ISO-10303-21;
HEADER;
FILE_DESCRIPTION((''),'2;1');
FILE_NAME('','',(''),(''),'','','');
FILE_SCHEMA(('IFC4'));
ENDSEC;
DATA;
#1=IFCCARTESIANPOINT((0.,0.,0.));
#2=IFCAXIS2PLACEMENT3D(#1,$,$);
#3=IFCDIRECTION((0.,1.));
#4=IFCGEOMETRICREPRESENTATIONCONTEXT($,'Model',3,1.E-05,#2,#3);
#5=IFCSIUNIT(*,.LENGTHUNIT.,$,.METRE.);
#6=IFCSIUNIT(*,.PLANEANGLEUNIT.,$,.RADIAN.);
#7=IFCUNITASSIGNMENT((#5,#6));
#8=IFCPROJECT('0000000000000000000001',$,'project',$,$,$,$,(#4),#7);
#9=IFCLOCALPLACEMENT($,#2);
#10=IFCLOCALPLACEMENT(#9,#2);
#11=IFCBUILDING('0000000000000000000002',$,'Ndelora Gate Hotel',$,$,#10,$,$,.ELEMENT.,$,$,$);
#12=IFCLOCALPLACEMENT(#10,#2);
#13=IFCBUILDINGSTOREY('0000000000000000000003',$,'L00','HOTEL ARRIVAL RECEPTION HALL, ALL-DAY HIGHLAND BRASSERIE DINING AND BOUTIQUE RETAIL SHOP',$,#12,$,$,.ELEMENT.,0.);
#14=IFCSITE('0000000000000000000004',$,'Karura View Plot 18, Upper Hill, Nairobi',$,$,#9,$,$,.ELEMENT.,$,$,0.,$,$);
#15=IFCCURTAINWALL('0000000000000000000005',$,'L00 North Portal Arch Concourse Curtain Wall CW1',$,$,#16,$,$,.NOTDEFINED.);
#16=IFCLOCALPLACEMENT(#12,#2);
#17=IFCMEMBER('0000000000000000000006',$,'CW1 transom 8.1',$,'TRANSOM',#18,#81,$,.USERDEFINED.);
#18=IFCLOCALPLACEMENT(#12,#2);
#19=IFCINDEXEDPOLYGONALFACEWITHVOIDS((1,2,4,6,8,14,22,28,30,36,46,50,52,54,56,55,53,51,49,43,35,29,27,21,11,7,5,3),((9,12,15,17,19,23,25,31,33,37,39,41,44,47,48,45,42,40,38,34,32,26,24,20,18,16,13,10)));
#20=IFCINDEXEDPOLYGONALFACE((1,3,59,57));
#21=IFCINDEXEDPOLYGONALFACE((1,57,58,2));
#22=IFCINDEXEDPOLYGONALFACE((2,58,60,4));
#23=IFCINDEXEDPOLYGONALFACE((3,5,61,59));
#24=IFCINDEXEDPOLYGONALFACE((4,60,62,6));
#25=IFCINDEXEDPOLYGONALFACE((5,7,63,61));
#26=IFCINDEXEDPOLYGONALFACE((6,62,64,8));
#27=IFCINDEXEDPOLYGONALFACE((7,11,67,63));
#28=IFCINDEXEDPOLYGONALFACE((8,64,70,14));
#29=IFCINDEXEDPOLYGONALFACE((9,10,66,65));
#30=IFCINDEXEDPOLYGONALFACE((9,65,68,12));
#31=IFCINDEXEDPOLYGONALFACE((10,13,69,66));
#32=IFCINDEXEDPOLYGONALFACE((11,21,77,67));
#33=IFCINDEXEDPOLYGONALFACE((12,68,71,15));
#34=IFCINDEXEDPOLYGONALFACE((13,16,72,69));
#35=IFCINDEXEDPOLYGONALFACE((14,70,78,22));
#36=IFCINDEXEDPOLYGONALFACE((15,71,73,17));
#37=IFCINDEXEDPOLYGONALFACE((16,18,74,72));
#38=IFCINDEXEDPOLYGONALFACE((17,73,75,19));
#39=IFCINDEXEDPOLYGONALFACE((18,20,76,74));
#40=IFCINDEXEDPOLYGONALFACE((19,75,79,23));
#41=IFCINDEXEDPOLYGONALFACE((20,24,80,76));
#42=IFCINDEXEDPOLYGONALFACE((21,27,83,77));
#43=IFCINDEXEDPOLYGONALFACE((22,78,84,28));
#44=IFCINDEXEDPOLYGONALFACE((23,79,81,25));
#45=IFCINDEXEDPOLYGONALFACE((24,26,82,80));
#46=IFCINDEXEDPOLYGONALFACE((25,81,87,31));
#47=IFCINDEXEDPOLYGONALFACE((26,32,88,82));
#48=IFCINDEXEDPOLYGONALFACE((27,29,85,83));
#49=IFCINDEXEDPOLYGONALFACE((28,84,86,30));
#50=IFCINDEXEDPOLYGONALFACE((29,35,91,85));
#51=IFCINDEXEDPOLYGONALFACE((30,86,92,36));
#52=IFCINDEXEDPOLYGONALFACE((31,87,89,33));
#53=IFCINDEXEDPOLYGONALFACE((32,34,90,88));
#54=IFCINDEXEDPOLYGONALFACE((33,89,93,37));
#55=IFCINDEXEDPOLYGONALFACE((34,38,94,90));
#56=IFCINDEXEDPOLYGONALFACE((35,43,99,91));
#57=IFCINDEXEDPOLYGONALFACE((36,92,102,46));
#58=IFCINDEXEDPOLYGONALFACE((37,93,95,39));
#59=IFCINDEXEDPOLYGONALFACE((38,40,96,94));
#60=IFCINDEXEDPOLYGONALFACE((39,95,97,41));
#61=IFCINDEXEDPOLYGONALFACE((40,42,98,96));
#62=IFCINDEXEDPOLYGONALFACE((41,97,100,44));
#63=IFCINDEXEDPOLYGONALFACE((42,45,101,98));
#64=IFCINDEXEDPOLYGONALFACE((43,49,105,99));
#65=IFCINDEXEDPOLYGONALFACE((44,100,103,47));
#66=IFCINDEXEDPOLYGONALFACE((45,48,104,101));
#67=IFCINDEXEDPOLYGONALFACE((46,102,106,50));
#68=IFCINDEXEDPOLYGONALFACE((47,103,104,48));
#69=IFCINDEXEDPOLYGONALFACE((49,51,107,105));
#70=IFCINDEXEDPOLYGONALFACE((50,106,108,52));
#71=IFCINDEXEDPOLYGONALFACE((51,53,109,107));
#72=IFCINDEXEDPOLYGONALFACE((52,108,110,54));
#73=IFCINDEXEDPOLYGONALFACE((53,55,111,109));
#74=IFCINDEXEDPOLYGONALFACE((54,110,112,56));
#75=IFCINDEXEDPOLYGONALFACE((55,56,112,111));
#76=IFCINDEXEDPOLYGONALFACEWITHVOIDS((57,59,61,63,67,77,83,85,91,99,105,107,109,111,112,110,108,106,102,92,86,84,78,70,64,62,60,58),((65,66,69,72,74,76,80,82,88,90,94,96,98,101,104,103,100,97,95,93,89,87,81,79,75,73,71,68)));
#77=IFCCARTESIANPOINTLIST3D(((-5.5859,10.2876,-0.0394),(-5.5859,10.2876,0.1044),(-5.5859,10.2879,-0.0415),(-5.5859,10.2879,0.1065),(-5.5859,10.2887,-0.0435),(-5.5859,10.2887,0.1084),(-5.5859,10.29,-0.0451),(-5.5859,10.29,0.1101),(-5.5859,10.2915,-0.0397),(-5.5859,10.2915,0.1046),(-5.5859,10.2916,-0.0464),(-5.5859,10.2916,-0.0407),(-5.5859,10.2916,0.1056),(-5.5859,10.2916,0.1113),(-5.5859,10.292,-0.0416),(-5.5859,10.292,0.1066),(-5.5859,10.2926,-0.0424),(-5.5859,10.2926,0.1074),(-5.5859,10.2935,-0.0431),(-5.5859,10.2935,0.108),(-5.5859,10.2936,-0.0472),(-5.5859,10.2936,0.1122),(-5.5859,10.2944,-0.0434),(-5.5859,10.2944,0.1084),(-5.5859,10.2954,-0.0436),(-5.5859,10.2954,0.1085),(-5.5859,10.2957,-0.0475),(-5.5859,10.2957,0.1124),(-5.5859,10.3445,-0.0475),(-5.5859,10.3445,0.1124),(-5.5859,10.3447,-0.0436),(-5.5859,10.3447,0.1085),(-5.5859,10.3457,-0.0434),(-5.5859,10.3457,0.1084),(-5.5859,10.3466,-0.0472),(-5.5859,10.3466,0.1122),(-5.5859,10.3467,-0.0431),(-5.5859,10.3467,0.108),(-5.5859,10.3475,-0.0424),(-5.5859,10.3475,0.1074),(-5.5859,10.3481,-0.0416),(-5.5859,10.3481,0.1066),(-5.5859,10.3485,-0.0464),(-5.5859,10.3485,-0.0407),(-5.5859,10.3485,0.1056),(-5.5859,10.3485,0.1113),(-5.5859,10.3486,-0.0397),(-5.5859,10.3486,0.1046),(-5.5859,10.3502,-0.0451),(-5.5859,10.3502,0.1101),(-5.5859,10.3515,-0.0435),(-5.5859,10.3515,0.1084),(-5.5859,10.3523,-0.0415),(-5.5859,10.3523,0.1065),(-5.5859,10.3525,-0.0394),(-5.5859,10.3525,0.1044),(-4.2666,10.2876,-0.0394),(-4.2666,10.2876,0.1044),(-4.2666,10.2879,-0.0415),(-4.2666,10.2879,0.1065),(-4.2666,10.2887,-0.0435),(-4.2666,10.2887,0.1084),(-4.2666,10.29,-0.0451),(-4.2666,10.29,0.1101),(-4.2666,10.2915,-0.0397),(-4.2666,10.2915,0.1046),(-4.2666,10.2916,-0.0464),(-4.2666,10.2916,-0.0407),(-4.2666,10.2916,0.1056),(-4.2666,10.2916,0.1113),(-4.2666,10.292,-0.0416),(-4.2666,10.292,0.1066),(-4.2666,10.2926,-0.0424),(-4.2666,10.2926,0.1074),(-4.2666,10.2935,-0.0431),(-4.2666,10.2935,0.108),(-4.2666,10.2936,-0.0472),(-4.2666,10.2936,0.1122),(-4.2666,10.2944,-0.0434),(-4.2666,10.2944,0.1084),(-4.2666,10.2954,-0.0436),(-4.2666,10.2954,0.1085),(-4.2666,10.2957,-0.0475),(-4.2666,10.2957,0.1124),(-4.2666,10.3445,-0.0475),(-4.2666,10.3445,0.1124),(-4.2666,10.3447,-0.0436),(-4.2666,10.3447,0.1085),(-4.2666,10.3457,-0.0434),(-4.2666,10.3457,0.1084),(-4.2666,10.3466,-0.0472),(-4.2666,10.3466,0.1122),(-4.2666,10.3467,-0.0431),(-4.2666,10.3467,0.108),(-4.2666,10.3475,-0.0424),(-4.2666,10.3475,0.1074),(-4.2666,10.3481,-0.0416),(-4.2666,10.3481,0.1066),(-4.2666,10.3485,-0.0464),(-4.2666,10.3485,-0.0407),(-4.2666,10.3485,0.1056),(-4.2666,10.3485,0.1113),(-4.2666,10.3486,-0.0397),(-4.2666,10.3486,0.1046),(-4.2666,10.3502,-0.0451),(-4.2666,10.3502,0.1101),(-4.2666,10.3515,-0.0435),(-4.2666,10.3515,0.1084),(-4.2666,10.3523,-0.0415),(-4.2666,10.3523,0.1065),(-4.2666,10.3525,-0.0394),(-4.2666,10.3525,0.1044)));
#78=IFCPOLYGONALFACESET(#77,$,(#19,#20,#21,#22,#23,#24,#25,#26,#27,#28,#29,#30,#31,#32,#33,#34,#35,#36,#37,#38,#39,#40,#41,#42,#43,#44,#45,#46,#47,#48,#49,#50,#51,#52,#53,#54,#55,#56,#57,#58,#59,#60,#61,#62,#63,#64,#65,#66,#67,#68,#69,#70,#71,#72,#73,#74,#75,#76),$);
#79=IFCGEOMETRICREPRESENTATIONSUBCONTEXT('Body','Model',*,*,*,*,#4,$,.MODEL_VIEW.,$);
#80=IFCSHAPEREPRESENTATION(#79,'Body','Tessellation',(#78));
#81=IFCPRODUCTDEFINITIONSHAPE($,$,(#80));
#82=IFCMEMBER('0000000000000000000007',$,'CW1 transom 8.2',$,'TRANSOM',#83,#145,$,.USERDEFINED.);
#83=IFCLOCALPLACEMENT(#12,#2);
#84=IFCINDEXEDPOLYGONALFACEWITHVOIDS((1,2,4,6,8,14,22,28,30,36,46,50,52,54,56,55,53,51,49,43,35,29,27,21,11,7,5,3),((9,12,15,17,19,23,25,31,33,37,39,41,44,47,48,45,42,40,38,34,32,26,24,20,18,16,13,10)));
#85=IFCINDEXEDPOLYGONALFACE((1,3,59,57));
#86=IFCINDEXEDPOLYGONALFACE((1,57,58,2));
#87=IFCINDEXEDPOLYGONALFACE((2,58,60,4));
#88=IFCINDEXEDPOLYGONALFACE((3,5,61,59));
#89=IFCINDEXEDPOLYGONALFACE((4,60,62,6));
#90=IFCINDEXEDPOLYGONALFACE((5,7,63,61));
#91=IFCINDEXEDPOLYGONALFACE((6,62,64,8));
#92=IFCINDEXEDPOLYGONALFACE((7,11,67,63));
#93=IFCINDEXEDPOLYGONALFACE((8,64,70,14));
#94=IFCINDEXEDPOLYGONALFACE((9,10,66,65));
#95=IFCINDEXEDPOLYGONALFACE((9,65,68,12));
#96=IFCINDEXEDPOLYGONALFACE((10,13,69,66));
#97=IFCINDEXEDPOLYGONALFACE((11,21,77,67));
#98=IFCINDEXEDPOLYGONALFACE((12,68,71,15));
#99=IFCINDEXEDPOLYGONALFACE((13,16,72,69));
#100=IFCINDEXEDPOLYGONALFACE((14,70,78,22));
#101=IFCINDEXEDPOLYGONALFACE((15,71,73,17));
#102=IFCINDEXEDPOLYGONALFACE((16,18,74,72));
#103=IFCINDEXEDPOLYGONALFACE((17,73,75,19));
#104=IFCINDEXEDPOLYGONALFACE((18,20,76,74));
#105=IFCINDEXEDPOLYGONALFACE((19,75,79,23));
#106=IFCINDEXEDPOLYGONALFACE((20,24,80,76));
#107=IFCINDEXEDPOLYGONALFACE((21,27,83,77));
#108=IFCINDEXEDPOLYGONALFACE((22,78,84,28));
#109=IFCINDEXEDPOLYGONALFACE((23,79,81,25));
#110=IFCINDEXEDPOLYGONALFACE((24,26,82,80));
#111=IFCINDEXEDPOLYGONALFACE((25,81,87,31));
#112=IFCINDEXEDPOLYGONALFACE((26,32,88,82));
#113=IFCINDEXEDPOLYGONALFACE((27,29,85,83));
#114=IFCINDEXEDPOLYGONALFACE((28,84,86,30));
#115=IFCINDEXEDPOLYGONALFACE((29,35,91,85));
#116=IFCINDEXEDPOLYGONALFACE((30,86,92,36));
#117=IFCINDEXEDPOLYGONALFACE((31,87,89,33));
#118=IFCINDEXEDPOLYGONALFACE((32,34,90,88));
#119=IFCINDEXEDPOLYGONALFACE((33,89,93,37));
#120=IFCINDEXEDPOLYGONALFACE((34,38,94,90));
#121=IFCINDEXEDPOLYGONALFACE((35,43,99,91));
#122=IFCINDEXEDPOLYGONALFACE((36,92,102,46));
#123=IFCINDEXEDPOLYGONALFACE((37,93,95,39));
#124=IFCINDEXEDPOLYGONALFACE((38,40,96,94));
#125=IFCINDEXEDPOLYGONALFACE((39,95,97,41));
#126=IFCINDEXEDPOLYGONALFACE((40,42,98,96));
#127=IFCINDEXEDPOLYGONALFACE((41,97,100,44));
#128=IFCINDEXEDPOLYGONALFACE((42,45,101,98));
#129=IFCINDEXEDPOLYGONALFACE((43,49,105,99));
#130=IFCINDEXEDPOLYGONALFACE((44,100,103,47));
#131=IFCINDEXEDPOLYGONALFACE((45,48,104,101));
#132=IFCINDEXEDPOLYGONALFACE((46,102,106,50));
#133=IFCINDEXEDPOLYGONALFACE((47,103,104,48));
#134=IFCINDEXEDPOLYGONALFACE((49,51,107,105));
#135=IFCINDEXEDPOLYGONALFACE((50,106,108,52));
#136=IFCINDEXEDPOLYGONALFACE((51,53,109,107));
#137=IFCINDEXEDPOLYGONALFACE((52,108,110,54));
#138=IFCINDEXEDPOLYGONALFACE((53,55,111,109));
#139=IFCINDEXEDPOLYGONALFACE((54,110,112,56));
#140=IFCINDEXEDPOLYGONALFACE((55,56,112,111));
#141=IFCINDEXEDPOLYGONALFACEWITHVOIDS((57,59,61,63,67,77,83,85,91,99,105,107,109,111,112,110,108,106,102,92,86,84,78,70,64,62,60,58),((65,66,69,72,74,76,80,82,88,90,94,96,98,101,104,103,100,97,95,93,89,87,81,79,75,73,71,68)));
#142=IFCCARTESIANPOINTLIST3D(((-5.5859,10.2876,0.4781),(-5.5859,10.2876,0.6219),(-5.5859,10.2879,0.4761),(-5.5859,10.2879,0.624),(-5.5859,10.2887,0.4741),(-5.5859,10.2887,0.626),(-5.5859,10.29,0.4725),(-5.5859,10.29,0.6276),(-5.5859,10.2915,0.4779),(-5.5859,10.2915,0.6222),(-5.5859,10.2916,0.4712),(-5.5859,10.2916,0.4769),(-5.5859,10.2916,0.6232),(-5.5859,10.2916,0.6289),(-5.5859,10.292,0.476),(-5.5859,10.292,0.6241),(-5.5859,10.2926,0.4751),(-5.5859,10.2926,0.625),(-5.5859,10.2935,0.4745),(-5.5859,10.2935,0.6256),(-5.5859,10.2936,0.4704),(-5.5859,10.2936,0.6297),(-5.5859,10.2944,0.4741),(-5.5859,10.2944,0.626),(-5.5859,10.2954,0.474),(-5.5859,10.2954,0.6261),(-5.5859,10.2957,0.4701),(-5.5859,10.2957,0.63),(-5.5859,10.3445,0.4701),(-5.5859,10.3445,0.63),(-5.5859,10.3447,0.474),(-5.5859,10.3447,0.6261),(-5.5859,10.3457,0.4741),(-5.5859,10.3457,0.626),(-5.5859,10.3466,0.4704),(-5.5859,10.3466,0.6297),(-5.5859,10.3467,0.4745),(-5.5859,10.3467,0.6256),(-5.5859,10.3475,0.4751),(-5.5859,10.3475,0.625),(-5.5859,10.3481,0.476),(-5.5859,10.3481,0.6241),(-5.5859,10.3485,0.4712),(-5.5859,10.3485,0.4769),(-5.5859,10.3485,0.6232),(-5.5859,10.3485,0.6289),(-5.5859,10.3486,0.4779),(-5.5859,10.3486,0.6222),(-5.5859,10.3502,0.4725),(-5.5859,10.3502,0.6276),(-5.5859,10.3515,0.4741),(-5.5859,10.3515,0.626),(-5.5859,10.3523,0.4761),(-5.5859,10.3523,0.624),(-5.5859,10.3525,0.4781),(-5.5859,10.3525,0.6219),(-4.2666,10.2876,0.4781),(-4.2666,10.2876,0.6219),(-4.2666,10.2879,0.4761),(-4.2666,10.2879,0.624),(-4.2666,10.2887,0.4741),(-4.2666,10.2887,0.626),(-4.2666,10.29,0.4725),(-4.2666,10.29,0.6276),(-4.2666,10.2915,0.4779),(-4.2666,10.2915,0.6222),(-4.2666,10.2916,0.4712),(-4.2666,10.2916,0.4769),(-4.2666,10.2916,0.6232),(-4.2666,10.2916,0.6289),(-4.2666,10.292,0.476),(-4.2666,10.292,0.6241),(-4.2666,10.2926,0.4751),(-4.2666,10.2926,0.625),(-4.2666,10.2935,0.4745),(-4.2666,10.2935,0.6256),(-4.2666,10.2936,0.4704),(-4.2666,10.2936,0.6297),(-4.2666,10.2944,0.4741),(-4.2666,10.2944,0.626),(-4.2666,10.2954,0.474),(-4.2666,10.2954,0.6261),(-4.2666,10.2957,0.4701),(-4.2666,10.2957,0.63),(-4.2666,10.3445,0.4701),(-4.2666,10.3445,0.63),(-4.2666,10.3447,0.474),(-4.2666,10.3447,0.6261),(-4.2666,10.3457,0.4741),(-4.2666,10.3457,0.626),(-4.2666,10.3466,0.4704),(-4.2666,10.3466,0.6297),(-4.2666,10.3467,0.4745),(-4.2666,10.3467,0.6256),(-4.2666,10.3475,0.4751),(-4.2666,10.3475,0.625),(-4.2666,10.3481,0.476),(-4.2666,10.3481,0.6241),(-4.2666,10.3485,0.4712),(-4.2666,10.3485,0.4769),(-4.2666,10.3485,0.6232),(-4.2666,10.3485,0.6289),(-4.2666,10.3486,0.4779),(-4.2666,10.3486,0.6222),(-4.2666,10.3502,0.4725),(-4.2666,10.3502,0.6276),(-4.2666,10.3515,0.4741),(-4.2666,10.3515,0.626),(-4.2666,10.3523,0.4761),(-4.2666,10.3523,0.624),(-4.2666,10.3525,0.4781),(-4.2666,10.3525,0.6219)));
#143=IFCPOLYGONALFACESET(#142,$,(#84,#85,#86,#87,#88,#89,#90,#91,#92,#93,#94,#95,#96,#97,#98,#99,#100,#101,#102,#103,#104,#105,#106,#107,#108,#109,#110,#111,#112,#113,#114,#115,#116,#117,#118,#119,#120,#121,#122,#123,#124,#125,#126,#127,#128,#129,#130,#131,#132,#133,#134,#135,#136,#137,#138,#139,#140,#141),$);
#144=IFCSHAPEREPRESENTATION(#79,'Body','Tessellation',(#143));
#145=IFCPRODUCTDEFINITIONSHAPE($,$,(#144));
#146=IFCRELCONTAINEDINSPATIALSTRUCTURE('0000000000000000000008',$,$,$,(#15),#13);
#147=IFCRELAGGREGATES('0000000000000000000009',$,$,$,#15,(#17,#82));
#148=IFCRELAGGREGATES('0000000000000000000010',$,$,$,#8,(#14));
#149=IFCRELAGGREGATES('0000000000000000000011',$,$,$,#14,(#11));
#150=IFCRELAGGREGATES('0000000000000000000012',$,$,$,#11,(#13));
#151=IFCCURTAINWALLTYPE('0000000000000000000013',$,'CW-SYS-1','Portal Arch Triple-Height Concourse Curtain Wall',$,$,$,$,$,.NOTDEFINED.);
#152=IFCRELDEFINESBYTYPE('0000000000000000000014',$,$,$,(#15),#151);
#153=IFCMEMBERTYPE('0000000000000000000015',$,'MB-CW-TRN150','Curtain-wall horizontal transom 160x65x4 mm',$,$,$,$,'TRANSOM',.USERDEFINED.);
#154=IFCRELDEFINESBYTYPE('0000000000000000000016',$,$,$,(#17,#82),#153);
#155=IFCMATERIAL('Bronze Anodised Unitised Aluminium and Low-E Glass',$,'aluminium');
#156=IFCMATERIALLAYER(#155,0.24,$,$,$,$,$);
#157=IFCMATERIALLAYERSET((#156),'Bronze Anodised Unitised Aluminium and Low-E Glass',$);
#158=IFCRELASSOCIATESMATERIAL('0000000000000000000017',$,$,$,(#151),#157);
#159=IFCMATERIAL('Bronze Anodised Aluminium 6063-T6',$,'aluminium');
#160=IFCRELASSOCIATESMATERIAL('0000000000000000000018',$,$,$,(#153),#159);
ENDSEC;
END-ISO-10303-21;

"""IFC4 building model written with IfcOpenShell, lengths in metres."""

from ifc_helpers import new_model, si_unit, direction, frame, origin, origin_2d, place, context, subcontext, project, spatial, hollow_rectangle, extrude, material, layer, layer_set, material_profile, profile_set, type_object, element, aggregate, save


model = new_model("IFC4")

# Units and contexts
model_context = context("Model", 3, precision=1e-05, world=origin(), true_north=direction((0.0, 1.0)))
body_context = subcontext(model_context, "Body", "Model", "MODEL_VIEW")
ifc_project = project(units=[si_unit("LENGTHUNIT", "METRE"), si_unit("PLANEANGLEUNIT", "RADIAN")], contexts=[model_context])

# Site, building, storey
site_placement = place(None, origin())
site = spatial("IfcSite", under=ifc_project, at=site_placement, Name="Karura View Plot 18, Upper Hill, Nairobi", CompositionType="ELEMENT", RefElevation=0.0)
building_placement = place(site_placement, origin())
building = spatial("IfcBuilding", under=site, at=building_placement, Name="Ndelora Gate Hotel", CompositionType="ELEMENT")
storey_placement = place(building_placement, origin())
storey = spatial("IfcBuildingStorey", under=building, at=storey_placement, Name="L00", Description="HOTEL ARRIVAL RECEPTION HALL, ALL-DAY HIGHLAND BRASSERIE DINING AND BOUTIQUE RETAIL SHOP", CompositionType="ELEMENT", Elevation=0.0)

# Curtain wall, members
ifc_material_1 = material(Name="Bronze Anodised Unitised Aluminium and Low-E Glass", Category="aluminium")
ifc_layer_1 = layer(ifc_material_1, 0.24)
ifc_layer_set_1 = layer_set([ifc_layer_1], Name="Bronze Anodised Unitised Aluminium and Low-E Glass")
curtain_wall_type = type_object("IfcCurtainWallType", Name="CW-SYS-1", Description="Portal Arch Triple-Height Concourse Curtain Wall", PredefinedType="NOTDEFINED", material=ifc_layer_set_1)
curtain_wall_placement = place(storey_placement, origin())
curtain_wall = element("IfcCurtainWall", 1, at=curtain_wall_placement, inside=storey, type_object=curtain_wall_type, Name="L00 North Portal Arch Concourse Curtain Wall CW1", PredefinedType="NOTDEFINED")
ifc_material_2 = material(Name="Bronze Anodised Aluminium 6063-T6", Category="aluminium")
ifc_material_profile_1 = material_profile(ifc_material_2, hollow_rectangle(XDim=0.0649, YDim=0.1599, WallThickness=0.0039, InnerFilletRadius=0.0039, OuterFilletRadius=0.0081, at=origin_2d()), Name="ALU 160x65x4")
ifc_profile_set_1 = profile_set([ifc_material_profile_1], Name="Bronze Anodised Aluminium 6063-T6")
member_type_1 = type_object("IfcMemberType", Name="MB-CW-TRN150", Description="Curtain-wall horizontal transom 160x65x4 mm", ElementType="TRANSOM", PredefinedType="USERDEFINED", material=ifc_profile_set_1)
member_1_placement = place(storey_placement, frame((-4.2666, 10.3201, 0.0325), z_axis=(-1.0, 0.0, 0.0), x_axis=(0.0, -1.0, 0.0)))
member_1 = element("IfcMember", 2, at=member_1_placement, type_object=member_type_1, Name="CW1 transom 8.1", ObjectType="TRANSOM", PredefinedType="USERDEFINED", context=body_context, shape_type="SweptSolid", body=[
    extrude(hollow_rectangle(XDim=0.0649, YDim=0.1599, WallThickness=0.0039, InnerFilletRadius=0.0039, OuterFilletRadius=0.0081, at=origin_2d()), origin(), (0.0, 0.0, 1.0), 1.3193),
])
member_2_placement = place(storey_placement, frame((-4.2666, 10.3201, 0.55), z_axis=(-1.0, 0.0, 0.0), x_axis=(0.0, -1.0, 0.0)))
member_2 = element("IfcMember", 3, at=member_2_placement, type_object=member_type_1, Name="CW1 transom 8.2", ObjectType="TRANSOM", PredefinedType="USERDEFINED", context=body_context, shape_type="SweptSolid", body=[
    extrude(hollow_rectangle(XDim=0.0649, YDim=0.1599, WallThickness=0.0039, InnerFilletRadius=0.0039, OuterFilletRadius=0.0081, at=origin_2d()), origin(), (0.0, 0.0, 1.0), 1.3193),
])
aggregate(curtain_wall, [member_1, member_2])

save(model, "model.ifc")
